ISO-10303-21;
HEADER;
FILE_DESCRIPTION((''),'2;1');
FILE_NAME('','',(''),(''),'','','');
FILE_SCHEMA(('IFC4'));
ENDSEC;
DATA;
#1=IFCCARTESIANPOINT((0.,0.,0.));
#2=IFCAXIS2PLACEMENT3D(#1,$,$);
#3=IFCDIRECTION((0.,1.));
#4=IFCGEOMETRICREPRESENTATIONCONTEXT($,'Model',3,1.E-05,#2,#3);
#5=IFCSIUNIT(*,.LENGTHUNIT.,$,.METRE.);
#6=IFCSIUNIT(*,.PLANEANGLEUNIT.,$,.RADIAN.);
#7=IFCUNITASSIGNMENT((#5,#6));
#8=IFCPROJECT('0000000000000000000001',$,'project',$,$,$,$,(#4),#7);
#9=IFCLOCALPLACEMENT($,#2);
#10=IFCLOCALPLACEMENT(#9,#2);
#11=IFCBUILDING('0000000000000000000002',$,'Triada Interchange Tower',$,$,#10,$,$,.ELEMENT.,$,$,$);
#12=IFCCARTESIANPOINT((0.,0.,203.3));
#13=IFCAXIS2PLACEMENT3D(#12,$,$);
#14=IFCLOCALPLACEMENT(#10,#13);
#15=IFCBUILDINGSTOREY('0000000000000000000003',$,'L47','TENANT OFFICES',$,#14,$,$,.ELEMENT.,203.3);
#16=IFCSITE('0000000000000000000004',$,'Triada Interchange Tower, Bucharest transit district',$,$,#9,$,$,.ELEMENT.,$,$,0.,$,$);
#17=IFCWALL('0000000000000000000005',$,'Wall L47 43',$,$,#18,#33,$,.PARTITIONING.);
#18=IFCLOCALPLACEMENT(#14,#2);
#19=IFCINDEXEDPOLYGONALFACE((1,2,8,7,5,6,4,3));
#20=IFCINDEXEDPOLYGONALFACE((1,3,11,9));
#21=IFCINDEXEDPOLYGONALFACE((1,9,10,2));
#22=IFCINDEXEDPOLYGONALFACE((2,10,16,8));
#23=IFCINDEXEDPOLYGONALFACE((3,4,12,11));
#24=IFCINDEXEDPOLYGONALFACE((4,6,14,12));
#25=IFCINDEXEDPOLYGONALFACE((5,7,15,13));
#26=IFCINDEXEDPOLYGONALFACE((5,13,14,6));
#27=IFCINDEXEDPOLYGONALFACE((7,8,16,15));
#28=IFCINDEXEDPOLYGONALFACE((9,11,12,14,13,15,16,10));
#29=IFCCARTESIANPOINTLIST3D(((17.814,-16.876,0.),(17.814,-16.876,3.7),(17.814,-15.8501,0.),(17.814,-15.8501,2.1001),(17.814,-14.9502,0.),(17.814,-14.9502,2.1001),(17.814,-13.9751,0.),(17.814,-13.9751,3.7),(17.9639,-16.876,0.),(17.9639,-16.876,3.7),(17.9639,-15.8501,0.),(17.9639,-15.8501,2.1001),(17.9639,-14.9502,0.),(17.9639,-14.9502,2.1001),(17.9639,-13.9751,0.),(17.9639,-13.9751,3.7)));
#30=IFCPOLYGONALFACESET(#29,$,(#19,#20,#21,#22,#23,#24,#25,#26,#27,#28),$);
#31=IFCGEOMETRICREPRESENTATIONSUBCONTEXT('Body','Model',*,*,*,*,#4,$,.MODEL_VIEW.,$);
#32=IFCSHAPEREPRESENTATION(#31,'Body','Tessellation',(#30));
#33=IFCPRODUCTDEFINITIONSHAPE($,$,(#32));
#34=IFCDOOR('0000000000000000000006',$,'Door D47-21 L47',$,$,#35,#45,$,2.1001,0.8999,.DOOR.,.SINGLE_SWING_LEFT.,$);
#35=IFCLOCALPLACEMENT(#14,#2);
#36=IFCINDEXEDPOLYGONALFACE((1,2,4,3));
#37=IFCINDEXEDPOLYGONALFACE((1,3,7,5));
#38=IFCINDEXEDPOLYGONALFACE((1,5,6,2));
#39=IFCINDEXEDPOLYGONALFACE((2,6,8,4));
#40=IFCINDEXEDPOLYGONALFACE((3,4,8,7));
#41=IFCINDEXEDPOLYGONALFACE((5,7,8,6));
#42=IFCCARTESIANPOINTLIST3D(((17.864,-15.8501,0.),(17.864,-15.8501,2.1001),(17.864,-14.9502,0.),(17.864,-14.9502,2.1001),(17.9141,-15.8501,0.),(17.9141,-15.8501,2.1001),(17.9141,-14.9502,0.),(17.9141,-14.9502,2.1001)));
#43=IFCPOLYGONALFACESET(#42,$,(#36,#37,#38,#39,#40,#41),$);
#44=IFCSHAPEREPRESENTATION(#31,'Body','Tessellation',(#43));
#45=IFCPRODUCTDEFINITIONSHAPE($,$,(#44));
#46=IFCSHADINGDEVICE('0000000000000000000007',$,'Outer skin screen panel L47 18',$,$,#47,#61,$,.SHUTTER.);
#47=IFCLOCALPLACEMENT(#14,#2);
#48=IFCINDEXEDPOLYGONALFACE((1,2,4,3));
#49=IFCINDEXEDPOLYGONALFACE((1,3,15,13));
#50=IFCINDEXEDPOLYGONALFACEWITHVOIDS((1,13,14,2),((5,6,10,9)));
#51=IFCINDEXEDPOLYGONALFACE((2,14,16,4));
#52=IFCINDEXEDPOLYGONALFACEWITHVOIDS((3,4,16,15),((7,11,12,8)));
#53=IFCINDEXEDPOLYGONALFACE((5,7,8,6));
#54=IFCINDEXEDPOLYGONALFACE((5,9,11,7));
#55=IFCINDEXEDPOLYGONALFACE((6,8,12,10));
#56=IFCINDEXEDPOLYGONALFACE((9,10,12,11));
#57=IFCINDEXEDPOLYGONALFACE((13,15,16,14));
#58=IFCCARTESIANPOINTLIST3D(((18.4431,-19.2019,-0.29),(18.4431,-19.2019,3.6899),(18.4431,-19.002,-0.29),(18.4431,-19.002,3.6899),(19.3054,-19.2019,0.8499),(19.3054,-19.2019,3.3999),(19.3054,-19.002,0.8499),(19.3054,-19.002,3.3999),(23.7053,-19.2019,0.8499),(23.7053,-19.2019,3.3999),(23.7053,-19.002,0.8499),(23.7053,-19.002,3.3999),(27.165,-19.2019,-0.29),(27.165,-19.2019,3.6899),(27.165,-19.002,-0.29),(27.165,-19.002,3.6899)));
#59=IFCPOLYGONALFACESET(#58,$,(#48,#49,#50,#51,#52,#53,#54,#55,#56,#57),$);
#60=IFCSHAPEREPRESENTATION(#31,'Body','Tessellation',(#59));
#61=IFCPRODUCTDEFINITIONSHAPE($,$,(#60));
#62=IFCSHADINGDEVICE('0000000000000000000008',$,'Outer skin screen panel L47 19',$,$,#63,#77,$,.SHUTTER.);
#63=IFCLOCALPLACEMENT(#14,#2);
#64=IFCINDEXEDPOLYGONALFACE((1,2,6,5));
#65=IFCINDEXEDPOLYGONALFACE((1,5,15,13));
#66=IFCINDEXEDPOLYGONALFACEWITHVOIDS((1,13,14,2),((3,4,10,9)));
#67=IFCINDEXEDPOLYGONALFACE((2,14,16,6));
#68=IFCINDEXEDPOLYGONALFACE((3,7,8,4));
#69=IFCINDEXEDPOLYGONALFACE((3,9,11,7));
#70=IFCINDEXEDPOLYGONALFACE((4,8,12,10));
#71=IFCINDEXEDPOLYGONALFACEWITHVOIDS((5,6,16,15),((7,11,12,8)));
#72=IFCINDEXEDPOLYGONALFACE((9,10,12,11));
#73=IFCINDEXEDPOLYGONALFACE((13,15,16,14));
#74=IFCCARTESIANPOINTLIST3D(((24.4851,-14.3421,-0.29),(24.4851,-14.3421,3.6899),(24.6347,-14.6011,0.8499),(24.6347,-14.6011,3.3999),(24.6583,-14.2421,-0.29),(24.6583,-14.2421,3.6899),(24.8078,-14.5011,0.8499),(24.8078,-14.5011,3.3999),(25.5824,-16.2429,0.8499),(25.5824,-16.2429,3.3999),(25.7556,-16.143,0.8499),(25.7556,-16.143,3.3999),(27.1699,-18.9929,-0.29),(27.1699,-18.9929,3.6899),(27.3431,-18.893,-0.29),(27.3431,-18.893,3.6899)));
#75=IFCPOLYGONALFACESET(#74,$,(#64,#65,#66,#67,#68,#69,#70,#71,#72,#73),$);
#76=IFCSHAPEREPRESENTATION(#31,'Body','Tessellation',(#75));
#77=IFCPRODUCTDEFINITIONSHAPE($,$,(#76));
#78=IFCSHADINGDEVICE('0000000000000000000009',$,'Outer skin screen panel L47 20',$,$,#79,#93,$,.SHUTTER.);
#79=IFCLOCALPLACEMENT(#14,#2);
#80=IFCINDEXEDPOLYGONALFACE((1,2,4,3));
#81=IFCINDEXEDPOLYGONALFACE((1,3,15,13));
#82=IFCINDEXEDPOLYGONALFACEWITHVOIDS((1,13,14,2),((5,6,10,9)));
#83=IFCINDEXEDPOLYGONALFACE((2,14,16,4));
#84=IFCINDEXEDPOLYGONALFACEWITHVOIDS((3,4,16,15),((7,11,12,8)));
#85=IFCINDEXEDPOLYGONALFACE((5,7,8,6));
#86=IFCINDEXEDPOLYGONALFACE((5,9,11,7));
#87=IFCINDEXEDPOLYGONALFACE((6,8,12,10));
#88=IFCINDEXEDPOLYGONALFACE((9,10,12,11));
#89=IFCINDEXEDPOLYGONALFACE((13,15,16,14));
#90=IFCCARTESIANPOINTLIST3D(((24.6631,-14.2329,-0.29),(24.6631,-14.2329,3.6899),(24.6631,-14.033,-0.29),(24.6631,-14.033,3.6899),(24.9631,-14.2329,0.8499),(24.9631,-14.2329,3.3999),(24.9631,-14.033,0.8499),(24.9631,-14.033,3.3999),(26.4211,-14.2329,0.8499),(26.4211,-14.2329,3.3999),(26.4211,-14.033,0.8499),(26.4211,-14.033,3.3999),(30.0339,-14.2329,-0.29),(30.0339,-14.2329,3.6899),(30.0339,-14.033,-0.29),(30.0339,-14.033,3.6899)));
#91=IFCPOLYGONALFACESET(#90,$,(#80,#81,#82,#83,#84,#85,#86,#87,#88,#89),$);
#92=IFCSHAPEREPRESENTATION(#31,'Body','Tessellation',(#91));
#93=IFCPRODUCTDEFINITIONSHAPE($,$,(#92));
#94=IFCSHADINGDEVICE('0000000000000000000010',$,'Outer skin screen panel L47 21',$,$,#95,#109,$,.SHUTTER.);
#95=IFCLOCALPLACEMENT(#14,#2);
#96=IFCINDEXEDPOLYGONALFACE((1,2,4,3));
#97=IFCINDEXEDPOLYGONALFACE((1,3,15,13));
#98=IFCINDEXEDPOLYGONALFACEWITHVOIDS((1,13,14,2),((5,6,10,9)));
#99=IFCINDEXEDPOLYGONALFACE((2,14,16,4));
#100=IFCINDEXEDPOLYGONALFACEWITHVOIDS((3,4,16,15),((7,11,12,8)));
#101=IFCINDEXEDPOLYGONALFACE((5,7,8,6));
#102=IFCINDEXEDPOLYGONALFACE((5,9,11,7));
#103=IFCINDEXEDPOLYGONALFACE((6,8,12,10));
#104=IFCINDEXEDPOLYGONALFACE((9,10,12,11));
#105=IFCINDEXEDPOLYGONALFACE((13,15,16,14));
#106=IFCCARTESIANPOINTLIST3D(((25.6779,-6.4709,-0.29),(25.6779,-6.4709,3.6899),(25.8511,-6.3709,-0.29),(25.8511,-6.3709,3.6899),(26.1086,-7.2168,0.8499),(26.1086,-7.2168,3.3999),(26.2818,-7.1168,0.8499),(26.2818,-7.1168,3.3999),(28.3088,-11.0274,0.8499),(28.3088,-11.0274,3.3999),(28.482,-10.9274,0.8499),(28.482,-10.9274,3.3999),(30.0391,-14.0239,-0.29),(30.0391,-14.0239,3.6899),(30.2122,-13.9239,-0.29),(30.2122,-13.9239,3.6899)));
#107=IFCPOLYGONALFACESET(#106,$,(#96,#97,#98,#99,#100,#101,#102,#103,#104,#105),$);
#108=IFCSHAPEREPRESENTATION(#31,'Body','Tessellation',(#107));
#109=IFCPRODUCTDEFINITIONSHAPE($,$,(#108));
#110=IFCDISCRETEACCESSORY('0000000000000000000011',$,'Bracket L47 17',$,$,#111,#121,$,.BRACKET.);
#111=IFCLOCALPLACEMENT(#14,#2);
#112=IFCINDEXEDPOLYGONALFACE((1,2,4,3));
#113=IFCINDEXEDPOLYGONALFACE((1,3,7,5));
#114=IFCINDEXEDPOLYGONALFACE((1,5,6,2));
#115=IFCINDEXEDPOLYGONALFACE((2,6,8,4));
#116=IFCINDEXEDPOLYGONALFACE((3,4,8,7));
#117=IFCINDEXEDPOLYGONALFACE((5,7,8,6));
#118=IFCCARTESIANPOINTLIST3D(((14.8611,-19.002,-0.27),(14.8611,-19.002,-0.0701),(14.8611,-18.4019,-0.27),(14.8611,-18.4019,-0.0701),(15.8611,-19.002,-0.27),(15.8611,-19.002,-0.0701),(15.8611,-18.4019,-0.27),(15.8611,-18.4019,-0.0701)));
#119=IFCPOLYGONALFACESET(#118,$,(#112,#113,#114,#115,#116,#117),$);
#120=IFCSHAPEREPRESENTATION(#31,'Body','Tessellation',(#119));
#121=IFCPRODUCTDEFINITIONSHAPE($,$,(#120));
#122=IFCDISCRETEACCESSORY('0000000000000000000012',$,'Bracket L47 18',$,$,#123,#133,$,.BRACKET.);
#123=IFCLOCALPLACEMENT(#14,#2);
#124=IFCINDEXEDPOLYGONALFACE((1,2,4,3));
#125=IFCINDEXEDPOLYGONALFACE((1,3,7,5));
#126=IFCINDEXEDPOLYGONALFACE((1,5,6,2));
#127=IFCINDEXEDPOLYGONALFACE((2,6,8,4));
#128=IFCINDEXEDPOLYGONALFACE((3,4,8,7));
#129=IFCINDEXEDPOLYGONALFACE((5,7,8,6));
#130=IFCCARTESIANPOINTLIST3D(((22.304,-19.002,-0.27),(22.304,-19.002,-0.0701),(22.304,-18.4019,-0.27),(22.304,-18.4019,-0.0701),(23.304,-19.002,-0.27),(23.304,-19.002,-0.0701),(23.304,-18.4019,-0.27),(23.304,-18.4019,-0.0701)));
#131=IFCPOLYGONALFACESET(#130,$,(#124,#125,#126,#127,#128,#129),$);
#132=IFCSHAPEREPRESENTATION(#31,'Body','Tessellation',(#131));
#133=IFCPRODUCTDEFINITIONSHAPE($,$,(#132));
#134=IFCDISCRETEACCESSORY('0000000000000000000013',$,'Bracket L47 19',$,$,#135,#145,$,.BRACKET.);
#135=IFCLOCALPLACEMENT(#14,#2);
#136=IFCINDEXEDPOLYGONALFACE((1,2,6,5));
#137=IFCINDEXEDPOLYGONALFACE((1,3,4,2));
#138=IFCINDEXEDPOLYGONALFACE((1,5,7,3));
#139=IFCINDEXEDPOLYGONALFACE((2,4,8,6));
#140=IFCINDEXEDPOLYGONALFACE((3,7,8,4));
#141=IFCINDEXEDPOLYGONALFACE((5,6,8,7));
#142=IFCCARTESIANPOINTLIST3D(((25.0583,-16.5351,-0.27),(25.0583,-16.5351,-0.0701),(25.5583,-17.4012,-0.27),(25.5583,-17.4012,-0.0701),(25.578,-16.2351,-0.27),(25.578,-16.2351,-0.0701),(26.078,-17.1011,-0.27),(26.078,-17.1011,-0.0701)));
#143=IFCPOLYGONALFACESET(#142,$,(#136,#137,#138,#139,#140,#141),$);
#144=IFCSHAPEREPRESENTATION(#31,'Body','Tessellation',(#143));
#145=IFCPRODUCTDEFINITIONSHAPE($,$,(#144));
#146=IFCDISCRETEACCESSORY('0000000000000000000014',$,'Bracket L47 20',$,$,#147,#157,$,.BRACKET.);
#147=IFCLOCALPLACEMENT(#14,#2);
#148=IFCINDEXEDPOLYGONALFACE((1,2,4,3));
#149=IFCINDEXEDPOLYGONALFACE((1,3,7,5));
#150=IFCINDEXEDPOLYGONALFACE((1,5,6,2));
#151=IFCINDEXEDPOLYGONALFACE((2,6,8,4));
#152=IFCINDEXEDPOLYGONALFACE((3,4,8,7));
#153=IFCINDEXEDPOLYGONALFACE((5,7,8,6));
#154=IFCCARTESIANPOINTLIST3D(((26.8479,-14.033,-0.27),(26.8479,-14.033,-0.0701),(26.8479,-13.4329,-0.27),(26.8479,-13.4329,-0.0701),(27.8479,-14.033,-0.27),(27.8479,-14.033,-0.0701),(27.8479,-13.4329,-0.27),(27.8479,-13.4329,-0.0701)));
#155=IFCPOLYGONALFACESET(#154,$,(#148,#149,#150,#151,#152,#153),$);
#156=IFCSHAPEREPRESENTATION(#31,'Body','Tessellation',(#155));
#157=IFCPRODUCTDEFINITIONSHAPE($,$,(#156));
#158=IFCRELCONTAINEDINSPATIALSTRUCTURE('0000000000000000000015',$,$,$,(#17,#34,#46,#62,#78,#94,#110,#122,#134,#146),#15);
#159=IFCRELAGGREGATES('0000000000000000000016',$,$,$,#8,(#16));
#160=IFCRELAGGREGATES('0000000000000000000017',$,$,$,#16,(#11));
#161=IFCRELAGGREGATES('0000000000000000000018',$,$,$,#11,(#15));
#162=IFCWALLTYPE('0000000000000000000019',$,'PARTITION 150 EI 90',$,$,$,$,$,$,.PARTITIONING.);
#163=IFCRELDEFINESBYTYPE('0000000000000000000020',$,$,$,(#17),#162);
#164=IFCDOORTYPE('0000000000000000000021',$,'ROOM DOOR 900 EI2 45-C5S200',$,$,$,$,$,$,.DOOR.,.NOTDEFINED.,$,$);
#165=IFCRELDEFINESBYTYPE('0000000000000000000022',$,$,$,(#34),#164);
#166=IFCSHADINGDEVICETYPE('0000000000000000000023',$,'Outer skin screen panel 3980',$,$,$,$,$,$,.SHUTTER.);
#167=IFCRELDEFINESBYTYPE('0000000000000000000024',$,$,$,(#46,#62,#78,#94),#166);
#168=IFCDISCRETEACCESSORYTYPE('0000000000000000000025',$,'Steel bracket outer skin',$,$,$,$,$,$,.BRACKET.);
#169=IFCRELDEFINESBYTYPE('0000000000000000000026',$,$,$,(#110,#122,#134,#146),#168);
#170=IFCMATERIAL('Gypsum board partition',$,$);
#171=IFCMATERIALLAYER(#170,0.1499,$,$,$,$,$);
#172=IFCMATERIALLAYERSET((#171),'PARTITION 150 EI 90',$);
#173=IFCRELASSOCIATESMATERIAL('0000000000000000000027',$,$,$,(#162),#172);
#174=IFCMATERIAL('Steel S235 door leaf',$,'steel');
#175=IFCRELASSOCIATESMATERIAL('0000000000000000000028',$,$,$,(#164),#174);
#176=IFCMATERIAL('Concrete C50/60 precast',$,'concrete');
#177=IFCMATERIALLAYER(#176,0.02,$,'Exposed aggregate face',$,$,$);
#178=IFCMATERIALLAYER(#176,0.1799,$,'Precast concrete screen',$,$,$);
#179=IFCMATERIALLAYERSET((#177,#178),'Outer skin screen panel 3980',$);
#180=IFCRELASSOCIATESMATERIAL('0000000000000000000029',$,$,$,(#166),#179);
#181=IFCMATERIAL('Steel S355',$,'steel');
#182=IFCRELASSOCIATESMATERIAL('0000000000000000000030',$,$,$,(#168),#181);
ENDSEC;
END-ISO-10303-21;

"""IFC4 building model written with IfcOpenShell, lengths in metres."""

from ifc_helpers import new_model, si_unit, direction, frame, frame_2d, origin, origin_2d, place, context, subcontext, project, spatial, polyline, rectangle, outline, extrude, material, layer, layer_set, type_object, element, fill, save


model = new_model("IFC4")

# Units and contexts
model_context = context("Model", 3, precision=1e-05, world=origin(), true_north=direction((0.0, 1.0)))
body_context = subcontext(model_context, "Body", "Model", "MODEL_VIEW")
ifc_project = project(units=[si_unit("LENGTHUNIT", "METRE"), si_unit("PLANEANGLEUNIT", "RADIAN")], contexts=[model_context])

# Site, building, storey
site_placement = place(None, origin())
site = spatial("IfcSite", under=ifc_project, at=site_placement, Name="Triada Interchange Tower, Bucharest transit district", CompositionType="ELEMENT", RefElevation=0.0)
building_placement = place(site_placement, origin())
building = spatial("IfcBuilding", under=site, at=building_placement, Name="Triada Interchange Tower", CompositionType="ELEMENT")
storey_placement = place(building_placement, frame((0.0, 0.0, 203.3)))
storey = spatial("IfcBuildingStorey", under=building, at=storey_placement, Name="L47", Description="TENANT OFFICES", CompositionType="ELEMENT", Elevation=203.3)

# Wall, opening, door
ifc_material_1 = material(Name="Gypsum board partition")
ifc_layer_1 = layer(ifc_material_1, 0.1499)
ifc_layer_set_1 = layer_set([ifc_layer_1], Name="PARTITION 150 EI 90")
wall_type_1 = type_object("IfcWallType", Name="PARTITION 150 EI 90", PredefinedType="PARTITIONING", material=ifc_layer_set_1)
wall_1_placement = place(storey_placement, frame((17.8889, -16.876, 0.0), z_axis=(0.0, 0.0, 1.0), x_axis=(0.0, 1.0, 0.0)))
wall_1 = element("IfcWall", 1, at=wall_1_placement, inside=storey, type_object=wall_type_1, Name="Wall L47 43", PredefinedType="PARTITIONING", context=body_context, shape_type="SweptSolid", body=[
    extrude(rectangle(XDim=2.9009, YDim=0.1499, at=frame_2d((1.4504, 0.0))), origin(), (0.0, 0.0, 1.0), 3.7),
])
opening_1_placement = place(wall_1_placement, frame((1.0259, 0.0, 0.0)))
opening_1 = element("IfcOpeningElement", 2, at=opening_1_placement, cuts=wall_1, PredefinedType="OPENING", context=body_context, shape_type="SweptSolid", body=[
    extrude(rectangle(XDim=0.8999, YDim=2.1001, at=frame_2d((0.45, 1.05))), frame((0.0, 0.085, 0.0), z_axis=(0.0, -1.0, 0.0), x_axis=(1.0, 0.0, 0.0)), (0.0, 0.0, 1.0), 0.1699),
])
ifc_material_2 = material(Name="Steel S235 door leaf", Category="steel")
door_type = type_object("IfcDoorType", Name="ROOM DOOR 900 EI2 45-C5S200", OperationType="NOTDEFINED", PredefinedType="DOOR", material=ifc_material_2)
door_placement = place(opening_1_placement, origin())
door = element("IfcDoor", 3, at=door_placement, inside=storey, type_object=door_type, Name="Door D47-21 L47", OperationType="SINGLE_SWING_LEFT", OverallHeight=2.1001, OverallWidth=0.8999, PredefinedType="DOOR", context=body_context, shape_type="SweptSolid", body=[
    extrude(rectangle(XDim=0.8999, YDim=2.1001, at=frame_2d((0.45, 1.05))), frame((0.0, 0.0249, 0.0), z_axis=(0.0, -1.0, 0.0), x_axis=(1.0, 0.0, 0.0)), (0.0, 0.0, 1.0), 0.05),
])
fill(opening_1, door)

# Shading devices
ifc_material_3 = material(Name="Concrete C50/60 precast", Category="concrete")
ifc_layer_2 = layer(ifc_material_3, 0.02, Name="Exposed aggregate face")
ifc_layer_3 = layer(ifc_material_3, 0.1799, Name="Precast concrete screen")
ifc_layer_set_2 = layer_set([ifc_layer_2, ifc_layer_3], Name="Outer skin screen panel 3980")
shading_device_type = type_object("IfcShadingDeviceType", Name="Outer skin screen panel 3980", PredefinedType="SHUTTER", material=ifc_layer_set_2)
shading_device_1_placement = place(storey_placement, frame((18.4431, -19.002, -0.29), z_axis=(0.0, 0.0, 1.0), x_axis=(1.0, 0.0, 0.0)))
element("IfcShadingDevice", 4, at=shading_device_1_placement, inside=storey, type_object=shading_device_type, Name="Outer skin screen panel L47 18", PredefinedType="SHUTTER", context=body_context, shape_type="SweptSolid", body=[
    extrude(outline(polyline([(0.0, 0.0), (8.7219, 0.0), (8.7219, 3.98), (0.0, 3.98), (0.0, 0.0)]), holes=[polyline([(0.8623, 1.1399), (0.8623, 3.6899), (5.2622, 3.6899), (5.2622, 1.1399), (0.8623, 1.1399)])]), frame((0.0, 0.0, 0.0), z_axis=(0.0, -1.0, 0.0), x_axis=(1.0, 0.0, 0.0)), (0.0, 0.0, 1.0), 0.2),
])
shading_device_2_placement = place(storey_placement, frame((27.1699, -18.9929, -0.29), z_axis=(0.0, 0.0, 1.0), x_axis=(-0.499948, 0.866055, 0.0)))
element("IfcShadingDevice", 5, at=shading_device_2_placement, inside=storey, type_object=shading_device_type, Name="Outer skin screen panel L47 19", PredefinedType="SHUTTER", context=body_context, shape_type="SweptSolid", body=[
    extrude(outline(polyline([(0.0, 0.0), (5.3701, 0.0), (5.3701, 3.98), (0.0, 3.98), (0.0, 0.0)]), holes=[polyline([(3.1753, 1.1399), (3.1753, 3.6899), (5.071, 3.6899), (5.071, 1.1399), (3.1753, 1.1399)])]), frame((0.0, 0.0, 0.0), z_axis=(0.0, -1.0, 0.0), x_axis=(1.0, 0.0, 0.0)), (0.0, 0.0, 1.0), 0.2),
])
shading_device_3_placement = place(storey_placement, frame((24.6631, -14.033, -0.29), z_axis=(0.0, 0.0, 1.0), x_axis=(1.0, 0.0, 0.0)))
element("IfcShadingDevice", 6, at=shading_device_3_placement, inside=storey, type_object=shading_device_type, Name="Outer skin screen panel L47 20", PredefinedType="SHUTTER", context=body_context, shape_type="SweptSolid", body=[
    extrude(outline(polyline([(0.0, 0.0), (5.3708, 0.0), (5.3708, 3.98), (0.0, 3.98), (0.0, 0.0)]), holes=[polyline([(0.3, 1.1399), (0.3, 3.6899), (1.7581, 3.6899), (1.7581, 1.1399), (0.3, 1.1399)])]), frame((0.0, 0.0, 0.0), z_axis=(0.0, -1.0, 0.0), x_axis=(1.0, 0.0, 0.0)), (0.0, 0.0, 1.0), 0.2),
])
shading_device_4_placement = place(storey_placement, frame((30.0391, -14.0239, -0.29), z_axis=(0.0, 0.0, 1.0), x_axis=(-0.500032, 0.866007, 0.0)))
element("IfcShadingDevice", 7, at=shading_device_4_placement, inside=storey, type_object=shading_device_type, Name="Outer skin screen panel L47 21", PredefinedType="SHUTTER", context=body_context, shape_type="SweptSolid", body=[
    extrude(outline(polyline([(0.0, 0.0), (8.7217, 0.0), (8.7217, 3.98), (0.0, 3.98), (0.0, 0.0)]), holes=[polyline([(3.4602, 1.1399), (3.4602, 3.6899), (7.8604, 3.6899), (7.8604, 1.1399), (3.4602, 1.1399)])]), frame((0.0, 0.0, 0.0), z_axis=(0.0, -1.0, 0.0), x_axis=(1.0, 0.0, 0.0)), (0.0, 0.0, 1.0), 0.2),
])

# Discrete accessories
ifc_material_4 = material(Name="Steel S355", Category="steel")
discrete_accessory_type = type_object("IfcDiscreteAccessoryType", Name="Steel bracket outer skin", PredefinedType="BRACKET", material=ifc_material_4)
for number, where, z_axis, x_axis, name in (
    (8, (15.3611, -18.7019, -0.27), (0.0, 0.0, 1.0), (0.0, -1.0, 0.0), "Bracket L47 17"),
    (9, (22.804, -18.7019, -0.27), (0.0, 0.0, 1.0), (0.0, -1.0, 0.0), "Bracket L47 18"),
    (10, (25.5681, -16.8181, -0.27), (0.0, 0.0, 1.0), (0.866014, 0.500019, 0.0), "Bracket L47 19"),
    (11, (27.3479, -13.7329, -0.27), (0.0, 0.0, 1.0), (0.0, -1.0, 0.0), "Bracket L47 20"),
):
    element("IfcDiscreteAccessory", number, at=place(storey_placement, frame(where, z_axis=z_axis, x_axis=x_axis)), inside=storey, type_object=discrete_accessory_type, Name=name, PredefinedType="BRACKET", context=body_context, shape_type="SweptSolid", body=[
        extrude(rectangle(XDim=0.6001, YDim=1.0, at=origin_2d()), origin(), (0.0, 0.0, 1.0), 0.2),
    ])

save(model, "model.ifc")
